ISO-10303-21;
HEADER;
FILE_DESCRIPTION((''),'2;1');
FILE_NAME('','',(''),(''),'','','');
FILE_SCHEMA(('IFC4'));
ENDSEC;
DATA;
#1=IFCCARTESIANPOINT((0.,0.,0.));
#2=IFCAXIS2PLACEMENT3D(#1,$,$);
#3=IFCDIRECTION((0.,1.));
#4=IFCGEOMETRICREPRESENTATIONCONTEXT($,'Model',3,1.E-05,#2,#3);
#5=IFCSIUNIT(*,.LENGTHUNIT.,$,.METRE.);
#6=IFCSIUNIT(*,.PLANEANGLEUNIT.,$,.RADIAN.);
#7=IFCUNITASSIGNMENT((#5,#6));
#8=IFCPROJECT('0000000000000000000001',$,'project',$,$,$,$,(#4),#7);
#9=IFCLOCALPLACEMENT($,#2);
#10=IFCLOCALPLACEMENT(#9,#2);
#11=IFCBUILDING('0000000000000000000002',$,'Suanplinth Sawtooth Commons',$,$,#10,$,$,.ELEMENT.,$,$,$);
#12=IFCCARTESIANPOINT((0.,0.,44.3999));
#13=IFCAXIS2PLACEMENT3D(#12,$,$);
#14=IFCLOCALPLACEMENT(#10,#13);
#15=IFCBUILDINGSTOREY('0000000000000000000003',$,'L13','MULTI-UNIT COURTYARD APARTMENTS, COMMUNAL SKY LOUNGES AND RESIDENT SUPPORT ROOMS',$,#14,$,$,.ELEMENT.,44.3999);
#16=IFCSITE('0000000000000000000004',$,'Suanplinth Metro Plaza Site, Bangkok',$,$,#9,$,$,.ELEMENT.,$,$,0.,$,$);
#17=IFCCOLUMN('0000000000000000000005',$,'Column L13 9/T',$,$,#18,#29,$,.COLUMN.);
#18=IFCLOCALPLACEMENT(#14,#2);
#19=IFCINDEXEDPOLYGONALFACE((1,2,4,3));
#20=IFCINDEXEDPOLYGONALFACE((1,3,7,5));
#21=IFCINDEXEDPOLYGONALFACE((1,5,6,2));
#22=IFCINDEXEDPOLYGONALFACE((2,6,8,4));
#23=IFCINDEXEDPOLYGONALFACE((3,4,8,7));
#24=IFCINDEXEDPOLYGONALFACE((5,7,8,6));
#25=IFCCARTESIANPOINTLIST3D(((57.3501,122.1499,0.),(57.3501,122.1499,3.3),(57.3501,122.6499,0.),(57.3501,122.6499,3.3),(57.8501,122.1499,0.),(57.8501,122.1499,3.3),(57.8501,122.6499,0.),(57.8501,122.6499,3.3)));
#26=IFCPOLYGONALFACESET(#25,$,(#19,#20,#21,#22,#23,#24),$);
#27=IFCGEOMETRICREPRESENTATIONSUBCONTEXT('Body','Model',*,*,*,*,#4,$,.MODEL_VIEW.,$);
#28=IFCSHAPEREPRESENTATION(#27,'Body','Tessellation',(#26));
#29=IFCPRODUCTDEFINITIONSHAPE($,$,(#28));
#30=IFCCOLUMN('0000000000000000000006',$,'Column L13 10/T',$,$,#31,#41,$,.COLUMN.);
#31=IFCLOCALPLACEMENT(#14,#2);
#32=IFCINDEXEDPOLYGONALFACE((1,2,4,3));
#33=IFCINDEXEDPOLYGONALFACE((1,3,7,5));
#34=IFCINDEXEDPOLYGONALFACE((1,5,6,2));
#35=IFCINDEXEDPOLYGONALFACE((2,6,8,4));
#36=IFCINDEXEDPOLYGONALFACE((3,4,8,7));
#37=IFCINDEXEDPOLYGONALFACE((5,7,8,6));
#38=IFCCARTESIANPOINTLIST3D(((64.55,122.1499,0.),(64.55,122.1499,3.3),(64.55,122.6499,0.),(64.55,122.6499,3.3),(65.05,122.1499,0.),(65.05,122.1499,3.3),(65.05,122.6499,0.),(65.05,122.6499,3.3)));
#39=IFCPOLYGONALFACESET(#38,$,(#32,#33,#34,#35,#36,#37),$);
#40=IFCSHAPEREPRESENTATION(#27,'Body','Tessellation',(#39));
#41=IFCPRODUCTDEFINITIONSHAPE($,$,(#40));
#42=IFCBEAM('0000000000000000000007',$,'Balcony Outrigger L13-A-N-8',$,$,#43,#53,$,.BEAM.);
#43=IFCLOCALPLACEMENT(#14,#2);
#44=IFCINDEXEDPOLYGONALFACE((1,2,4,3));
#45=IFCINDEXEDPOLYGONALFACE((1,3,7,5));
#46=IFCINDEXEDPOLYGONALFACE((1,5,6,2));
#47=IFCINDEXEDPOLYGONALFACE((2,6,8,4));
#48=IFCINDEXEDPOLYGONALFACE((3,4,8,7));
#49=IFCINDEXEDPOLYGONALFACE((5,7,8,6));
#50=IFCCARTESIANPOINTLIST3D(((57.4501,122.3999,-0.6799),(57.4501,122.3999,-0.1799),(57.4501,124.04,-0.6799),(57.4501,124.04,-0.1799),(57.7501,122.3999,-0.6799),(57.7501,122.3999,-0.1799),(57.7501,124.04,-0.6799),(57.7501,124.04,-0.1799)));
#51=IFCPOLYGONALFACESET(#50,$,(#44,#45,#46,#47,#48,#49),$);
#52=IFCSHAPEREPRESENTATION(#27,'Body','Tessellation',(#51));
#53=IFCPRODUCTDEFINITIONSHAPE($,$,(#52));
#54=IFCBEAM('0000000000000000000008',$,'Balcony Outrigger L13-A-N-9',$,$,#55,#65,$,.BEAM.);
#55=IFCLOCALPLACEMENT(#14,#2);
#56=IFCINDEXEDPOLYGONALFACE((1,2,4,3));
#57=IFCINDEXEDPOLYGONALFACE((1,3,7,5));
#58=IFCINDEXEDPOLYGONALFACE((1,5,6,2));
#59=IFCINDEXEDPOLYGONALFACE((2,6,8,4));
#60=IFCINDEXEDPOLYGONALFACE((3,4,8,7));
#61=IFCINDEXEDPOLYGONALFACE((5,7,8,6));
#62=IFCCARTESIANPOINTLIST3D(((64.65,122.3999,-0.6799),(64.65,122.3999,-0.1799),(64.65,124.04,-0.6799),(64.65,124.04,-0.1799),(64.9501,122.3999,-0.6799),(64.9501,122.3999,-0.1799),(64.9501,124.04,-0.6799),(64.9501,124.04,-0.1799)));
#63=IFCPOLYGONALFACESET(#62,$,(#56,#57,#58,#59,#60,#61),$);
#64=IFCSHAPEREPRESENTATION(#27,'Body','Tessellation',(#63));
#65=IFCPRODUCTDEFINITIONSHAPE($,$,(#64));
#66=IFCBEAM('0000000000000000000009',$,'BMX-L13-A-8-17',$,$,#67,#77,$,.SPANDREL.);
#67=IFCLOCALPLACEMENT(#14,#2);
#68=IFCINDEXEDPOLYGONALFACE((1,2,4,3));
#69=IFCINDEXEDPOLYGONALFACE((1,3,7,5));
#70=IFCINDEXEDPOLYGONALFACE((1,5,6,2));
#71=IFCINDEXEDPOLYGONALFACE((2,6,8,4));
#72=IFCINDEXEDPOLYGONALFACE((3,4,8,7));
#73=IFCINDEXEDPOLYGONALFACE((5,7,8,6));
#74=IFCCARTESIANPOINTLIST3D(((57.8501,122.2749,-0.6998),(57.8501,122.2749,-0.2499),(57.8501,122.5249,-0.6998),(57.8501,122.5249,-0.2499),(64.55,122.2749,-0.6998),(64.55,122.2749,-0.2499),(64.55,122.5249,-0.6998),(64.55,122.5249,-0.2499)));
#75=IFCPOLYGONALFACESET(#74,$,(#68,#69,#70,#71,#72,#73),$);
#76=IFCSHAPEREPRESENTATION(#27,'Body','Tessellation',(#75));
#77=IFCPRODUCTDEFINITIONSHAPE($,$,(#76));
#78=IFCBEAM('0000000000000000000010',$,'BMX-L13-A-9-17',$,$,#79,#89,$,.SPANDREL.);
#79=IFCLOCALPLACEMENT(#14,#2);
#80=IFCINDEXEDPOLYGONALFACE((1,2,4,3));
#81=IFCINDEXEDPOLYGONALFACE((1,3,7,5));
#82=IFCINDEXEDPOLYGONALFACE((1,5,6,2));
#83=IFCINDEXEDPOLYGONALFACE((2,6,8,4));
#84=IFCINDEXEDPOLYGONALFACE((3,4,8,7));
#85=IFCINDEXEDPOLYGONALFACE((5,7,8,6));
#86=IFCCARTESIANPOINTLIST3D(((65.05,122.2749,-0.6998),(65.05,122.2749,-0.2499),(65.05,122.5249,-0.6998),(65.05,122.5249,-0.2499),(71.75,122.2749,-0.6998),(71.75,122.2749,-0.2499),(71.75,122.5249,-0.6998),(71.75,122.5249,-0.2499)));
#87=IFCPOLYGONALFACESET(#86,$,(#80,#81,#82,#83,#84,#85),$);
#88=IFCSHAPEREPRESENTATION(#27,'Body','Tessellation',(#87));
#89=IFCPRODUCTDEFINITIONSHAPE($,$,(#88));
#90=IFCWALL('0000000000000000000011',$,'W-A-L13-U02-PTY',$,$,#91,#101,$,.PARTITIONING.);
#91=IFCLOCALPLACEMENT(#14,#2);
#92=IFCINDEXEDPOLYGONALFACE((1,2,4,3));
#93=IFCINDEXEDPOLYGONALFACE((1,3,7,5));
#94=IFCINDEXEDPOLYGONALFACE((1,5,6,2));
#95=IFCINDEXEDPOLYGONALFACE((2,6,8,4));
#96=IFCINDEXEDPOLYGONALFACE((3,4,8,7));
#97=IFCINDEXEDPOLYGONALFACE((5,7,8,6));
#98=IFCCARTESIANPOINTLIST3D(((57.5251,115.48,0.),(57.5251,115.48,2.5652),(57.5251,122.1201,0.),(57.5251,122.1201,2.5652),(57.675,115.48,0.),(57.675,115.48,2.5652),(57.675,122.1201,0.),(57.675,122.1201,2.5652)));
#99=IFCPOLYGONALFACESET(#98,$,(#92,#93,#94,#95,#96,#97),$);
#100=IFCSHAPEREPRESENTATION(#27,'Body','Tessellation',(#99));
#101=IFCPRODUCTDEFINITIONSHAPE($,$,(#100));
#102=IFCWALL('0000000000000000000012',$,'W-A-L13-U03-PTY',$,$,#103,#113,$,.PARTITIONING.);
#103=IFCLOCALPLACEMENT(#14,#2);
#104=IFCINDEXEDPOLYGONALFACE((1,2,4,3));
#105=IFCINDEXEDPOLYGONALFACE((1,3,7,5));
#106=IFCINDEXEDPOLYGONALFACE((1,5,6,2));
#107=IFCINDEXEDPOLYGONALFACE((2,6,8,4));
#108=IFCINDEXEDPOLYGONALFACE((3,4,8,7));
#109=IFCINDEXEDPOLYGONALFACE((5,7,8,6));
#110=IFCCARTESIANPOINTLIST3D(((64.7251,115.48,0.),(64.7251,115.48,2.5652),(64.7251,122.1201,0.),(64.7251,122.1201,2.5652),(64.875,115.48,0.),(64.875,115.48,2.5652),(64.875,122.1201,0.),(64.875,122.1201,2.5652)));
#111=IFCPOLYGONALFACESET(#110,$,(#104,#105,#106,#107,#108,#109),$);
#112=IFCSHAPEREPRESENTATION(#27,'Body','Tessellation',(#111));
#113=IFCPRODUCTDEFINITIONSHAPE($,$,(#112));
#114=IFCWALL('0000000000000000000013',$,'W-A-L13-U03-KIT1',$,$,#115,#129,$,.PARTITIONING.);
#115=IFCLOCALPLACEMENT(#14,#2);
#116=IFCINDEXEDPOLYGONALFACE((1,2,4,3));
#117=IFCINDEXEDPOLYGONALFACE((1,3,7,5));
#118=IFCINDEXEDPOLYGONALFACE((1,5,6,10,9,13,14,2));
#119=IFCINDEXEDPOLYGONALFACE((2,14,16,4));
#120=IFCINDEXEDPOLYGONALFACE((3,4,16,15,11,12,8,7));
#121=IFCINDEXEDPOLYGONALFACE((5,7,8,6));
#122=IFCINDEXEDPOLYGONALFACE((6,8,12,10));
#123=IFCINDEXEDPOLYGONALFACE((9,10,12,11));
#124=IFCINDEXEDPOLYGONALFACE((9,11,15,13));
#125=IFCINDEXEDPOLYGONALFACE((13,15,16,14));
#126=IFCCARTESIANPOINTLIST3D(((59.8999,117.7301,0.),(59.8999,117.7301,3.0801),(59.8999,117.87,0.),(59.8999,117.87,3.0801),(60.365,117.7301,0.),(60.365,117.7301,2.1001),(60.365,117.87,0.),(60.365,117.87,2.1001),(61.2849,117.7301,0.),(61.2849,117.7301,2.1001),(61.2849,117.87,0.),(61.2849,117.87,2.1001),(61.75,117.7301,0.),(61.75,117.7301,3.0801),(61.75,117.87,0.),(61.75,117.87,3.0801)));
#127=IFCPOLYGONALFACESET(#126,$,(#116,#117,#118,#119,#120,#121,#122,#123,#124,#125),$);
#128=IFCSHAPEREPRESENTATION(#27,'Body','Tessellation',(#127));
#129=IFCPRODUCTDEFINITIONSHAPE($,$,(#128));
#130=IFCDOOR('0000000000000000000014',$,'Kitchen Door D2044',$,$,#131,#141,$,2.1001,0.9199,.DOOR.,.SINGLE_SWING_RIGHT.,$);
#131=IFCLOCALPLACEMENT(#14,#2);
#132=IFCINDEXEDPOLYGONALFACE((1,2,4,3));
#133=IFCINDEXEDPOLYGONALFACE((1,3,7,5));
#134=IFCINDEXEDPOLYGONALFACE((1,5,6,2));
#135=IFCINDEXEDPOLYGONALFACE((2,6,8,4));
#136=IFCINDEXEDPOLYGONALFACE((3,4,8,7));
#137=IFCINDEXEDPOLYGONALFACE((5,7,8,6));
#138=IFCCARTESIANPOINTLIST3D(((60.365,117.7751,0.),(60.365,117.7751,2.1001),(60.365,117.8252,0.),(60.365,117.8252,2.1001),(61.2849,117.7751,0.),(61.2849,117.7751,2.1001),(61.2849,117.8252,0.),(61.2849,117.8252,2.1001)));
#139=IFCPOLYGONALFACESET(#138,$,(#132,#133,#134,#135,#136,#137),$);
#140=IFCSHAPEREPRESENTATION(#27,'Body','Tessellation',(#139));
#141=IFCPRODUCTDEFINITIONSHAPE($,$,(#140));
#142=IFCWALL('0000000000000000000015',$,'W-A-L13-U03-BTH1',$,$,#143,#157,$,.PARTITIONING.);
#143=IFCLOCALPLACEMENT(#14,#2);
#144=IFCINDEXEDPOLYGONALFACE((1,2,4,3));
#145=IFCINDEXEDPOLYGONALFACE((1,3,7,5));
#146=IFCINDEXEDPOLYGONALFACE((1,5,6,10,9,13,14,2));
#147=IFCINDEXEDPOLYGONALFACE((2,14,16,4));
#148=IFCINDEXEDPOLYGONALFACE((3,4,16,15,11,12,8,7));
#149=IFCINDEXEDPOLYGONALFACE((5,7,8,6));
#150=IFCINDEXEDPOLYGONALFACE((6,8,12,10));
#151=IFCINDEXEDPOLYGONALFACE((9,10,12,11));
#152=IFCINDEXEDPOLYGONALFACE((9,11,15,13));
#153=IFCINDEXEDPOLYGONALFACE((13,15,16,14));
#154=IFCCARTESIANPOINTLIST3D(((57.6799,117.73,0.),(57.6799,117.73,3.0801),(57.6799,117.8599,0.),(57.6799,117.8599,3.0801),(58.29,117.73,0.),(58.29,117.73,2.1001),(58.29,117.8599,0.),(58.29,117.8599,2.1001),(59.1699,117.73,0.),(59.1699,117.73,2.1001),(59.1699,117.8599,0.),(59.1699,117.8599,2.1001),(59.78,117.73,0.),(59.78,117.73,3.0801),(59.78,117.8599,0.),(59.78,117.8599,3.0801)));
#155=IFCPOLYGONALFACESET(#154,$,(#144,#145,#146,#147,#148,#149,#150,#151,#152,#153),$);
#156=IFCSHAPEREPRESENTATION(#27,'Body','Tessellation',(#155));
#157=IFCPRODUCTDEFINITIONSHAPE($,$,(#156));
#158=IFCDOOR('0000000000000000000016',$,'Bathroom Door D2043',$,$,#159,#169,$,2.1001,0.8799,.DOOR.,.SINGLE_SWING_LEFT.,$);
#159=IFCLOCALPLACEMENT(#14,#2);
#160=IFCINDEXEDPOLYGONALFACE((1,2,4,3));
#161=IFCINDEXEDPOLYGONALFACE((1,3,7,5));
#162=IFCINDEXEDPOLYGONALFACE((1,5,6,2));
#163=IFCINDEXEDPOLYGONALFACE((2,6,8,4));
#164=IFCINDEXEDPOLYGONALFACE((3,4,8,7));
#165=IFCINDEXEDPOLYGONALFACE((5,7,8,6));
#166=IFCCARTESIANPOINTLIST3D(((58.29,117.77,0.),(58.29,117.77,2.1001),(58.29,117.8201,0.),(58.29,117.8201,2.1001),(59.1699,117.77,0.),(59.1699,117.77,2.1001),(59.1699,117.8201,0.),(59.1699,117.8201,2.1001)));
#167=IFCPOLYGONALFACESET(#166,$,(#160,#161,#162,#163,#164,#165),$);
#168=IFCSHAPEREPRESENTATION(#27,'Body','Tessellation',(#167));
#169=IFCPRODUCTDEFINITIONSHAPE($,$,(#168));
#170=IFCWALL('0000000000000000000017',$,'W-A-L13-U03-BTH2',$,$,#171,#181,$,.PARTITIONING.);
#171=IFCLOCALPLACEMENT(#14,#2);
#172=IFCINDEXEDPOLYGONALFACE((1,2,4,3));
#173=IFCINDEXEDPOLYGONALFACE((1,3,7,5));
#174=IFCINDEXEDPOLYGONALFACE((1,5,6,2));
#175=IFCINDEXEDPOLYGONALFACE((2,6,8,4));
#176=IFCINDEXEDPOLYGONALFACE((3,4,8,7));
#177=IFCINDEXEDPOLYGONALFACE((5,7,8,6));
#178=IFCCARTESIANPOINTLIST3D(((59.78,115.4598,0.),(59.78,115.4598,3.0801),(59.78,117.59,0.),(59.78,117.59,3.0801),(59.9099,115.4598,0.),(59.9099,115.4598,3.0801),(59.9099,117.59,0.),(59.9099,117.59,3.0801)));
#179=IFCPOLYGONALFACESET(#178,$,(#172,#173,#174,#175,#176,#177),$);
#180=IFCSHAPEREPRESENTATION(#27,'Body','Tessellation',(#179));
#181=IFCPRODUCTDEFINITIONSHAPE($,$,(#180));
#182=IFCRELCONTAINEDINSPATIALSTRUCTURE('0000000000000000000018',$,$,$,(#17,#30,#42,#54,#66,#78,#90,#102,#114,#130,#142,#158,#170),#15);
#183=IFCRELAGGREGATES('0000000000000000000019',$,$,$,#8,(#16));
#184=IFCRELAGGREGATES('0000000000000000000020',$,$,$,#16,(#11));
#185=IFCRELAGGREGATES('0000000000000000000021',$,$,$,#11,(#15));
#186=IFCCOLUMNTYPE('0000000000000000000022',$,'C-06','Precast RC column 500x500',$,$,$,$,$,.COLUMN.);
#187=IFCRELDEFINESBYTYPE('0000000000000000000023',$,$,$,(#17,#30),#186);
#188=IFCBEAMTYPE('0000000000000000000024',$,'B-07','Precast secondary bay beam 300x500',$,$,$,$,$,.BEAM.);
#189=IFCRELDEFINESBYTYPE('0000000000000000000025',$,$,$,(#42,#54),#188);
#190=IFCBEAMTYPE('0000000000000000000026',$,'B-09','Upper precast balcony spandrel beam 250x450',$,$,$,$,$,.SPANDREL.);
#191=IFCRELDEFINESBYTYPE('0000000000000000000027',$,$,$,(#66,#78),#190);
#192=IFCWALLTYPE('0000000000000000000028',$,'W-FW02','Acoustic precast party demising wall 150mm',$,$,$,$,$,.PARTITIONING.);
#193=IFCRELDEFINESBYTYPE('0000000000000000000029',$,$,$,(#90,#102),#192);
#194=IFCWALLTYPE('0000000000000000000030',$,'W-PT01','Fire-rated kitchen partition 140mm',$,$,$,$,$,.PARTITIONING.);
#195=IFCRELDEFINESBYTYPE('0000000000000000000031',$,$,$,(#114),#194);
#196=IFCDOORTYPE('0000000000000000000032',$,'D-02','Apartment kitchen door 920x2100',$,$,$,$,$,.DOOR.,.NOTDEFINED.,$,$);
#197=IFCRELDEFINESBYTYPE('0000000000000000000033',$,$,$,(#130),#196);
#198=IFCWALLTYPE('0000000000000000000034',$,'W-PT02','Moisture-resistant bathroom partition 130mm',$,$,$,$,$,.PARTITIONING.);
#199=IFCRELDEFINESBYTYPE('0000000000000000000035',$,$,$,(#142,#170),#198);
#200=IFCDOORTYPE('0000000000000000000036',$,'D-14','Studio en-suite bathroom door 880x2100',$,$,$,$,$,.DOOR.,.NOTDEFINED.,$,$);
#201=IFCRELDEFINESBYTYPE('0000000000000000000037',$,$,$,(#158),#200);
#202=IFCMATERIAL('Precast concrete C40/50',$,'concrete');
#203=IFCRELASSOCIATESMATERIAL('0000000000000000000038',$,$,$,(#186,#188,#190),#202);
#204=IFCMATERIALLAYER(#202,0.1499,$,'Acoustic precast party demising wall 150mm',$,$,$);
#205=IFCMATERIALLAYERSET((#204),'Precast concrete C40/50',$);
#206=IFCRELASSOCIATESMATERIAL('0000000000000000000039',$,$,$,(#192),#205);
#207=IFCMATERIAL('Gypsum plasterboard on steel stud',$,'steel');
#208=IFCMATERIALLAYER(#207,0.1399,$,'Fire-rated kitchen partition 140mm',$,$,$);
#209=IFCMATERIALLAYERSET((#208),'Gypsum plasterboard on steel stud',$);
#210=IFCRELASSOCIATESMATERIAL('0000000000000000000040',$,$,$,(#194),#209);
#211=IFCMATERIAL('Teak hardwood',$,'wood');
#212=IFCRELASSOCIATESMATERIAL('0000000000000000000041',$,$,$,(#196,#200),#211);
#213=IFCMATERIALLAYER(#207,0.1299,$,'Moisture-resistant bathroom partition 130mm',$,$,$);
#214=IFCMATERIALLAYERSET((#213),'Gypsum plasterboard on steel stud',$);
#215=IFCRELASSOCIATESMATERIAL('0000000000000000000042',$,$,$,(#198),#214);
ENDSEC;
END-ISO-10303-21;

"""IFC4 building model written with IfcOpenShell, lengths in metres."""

from ifc_helpers import new_model, si_unit, direction, frame, frame_2d, origin, origin_2d, place, context, subcontext, project, spatial, rectangle, extrude, material, layer, layer_set, material_profile, profile_set, type_object, element, fill, save


model = new_model("IFC4")

# Units and contexts
model_context = context("Model", 3, precision=1e-05, world=origin(), true_north=direction((0.0, 1.0)))
body_context = subcontext(model_context, "Body", "Model", "MODEL_VIEW")
ifc_project = project(units=[si_unit("LENGTHUNIT", "METRE"), si_unit("PLANEANGLEUNIT", "RADIAN")], contexts=[model_context])

# Site, building, storey
site_placement = place(None, origin())
site = spatial("IfcSite", under=ifc_project, at=site_placement, Name="Suanplinth Metro Plaza Site, Bangkok", CompositionType="ELEMENT", RefElevation=0.0)
building_placement = place(site_placement, origin())
building = spatial("IfcBuilding", under=site, at=building_placement, Name="Suanplinth Sawtooth Commons", CompositionType="ELEMENT")
storey_placement = place(building_placement, frame((0.0, 0.0, 44.3999)))
storey = spatial("IfcBuildingStorey", under=building, at=storey_placement, Name="L13", Description="MULTI-UNIT COURTYARD APARTMENTS, COMMUNAL SKY LOUNGES AND RESIDENT SUPPORT ROOMS", CompositionType="ELEMENT", Elevation=44.3999)

# Columns
ifc_material_1 = material(Name="Precast concrete C40/50", Category="concrete")
ifc_material_profile_1 = material_profile(ifc_material_1, rectangle(XDim=0.5, YDim=0.5, at=origin_2d()), Name="PC-COL 500x500")
ifc_profile_set_1 = profile_set([ifc_material_profile_1], Name="Precast concrete C40/50")
column_type = type_object("IfcColumnType", Name="C-06", Description="Precast RC column 500x500", PredefinedType="COLUMN", material=ifc_profile_set_1)
for number, where, z_axis, x_axis, name in (
    (1, (57.6001, 122.3999, 0.0), (0.0, 0.0, 1.0), (1.0, 0.0, 0.0), "Column L13 9/T"),
    (2, (64.8, 122.3999, 0.0), (0.0, 0.0, 1.0), (1.0, 0.0, 0.0), "Column L13 10/T"),
):
    element("IfcColumn", number, at=place(storey_placement, frame(where, z_axis=z_axis, x_axis=x_axis)), inside=storey, type_object=column_type, Name=name, PredefinedType="COLUMN", context=body_context, shape_type="SweptSolid", body=[
        extrude(rectangle(XDim=0.5, YDim=0.5, at=origin_2d()), origin(), (0.0, 0.0, 1.0), 3.3),
    ])

# Beams
ifc_material_profile_2 = material_profile(ifc_material_1, rectangle(XDim=0.3, YDim=0.5, at=origin_2d()), Name="PC-BM 300x500")
ifc_profile_set_2 = profile_set([ifc_material_profile_2], Name="Precast concrete C40/50")
beam_type_1 = type_object("IfcBeamType", Name="B-07", Description="Precast secondary bay beam 300x500", PredefinedType="BEAM", material=ifc_profile_set_2)
for number, where, z_axis, x_axis, name in (
    (3, (57.6001, 122.3999, -0.4299), (0.0, 1.0, 0.0), (-1.0, 0.0, 0.0), "Balcony Outrigger L13-A-N-8"),
    (4, (64.8, 122.3999, -0.4299), (0.0, 1.0, 0.0), (-1.0, 0.0, 0.0), "Balcony Outrigger L13-A-N-9"),
):
    element("IfcBeam", number, at=place(storey_placement, frame(where, z_axis=z_axis, x_axis=x_axis)), inside=storey, type_object=beam_type_1, Name=name, PredefinedType="BEAM", context=body_context, shape_type="SweptSolid", body=[
        extrude(rectangle(XDim=0.3, YDim=0.5, at=origin_2d()), origin(), (0.0, 0.0, 1.0), 1.6401),
    ])
ifc_material_profile_3 = material_profile(ifc_material_1, rectangle(XDim=0.25, YDim=0.45, at=origin_2d()), Name="PC-SP 250x450")
ifc_profile_set_3 = profile_set([ifc_material_profile_3], Name="Precast concrete C40/50")
beam_type_2 = type_object("IfcBeamType", Name="B-09", Description="Upper precast balcony spandrel beam 250x450", PredefinedType="SPANDREL", material=ifc_profile_set_3)
for number, where, z_axis, x_axis, name in (
    (5, (57.8501, 122.3999, -0.4749), (1.0, 0.0, 0.0), (0.0, 1.0, 0.0), "BMX-L13-A-8-17"),
    (6, (65.05, 122.3999, -0.4749), (1.0, 0.0, 0.0), (0.0, 1.0, 0.0), "BMX-L13-A-9-17"),
):
    element("IfcBeam", number, at=place(storey_placement, frame(where, z_axis=z_axis, x_axis=x_axis)), inside=storey, type_object=beam_type_2, Name=name, PredefinedType="SPANDREL", context=body_context, shape_type="SweptSolid", body=[
        extrude(rectangle(XDim=0.25, YDim=0.45, at=origin_2d()), origin(), (0.0, 0.0, 1.0), 6.7),
    ])

# Walls
ifc_layer_1 = layer(ifc_material_1, 0.1499, Name="Acoustic precast party demising wall 150mm")
ifc_layer_set_1 = layer_set([ifc_layer_1], Name="Precast concrete C40/50")
wall_type_1 = type_object("IfcWallType", Name="W-FW02", Description="Acoustic precast party demising wall 150mm", PredefinedType="PARTITIONING", material=ifc_layer_set_1)
for number, where, z_axis, x_axis, name in (
    (7, (57.6001, 115.48, 0.0), (0.0, 0.0, 1.0), (0.0, 1.0, 0.0), "W-A-L13-U02-PTY"),
    (8, (64.8, 115.48, 0.0), (0.0, 0.0, 1.0), (0.0, 1.0, 0.0), "W-A-L13-U03-PTY"),
):
    element("IfcWall", number, at=place(storey_placement, frame(where, z_axis=z_axis, x_axis=x_axis)), inside=storey, type_object=wall_type_1, Name=name, PredefinedType="PARTITIONING", context=body_context, shape_type="SweptSolid", body=[
        extrude(rectangle(XDim=6.6401, YDim=0.1499, at=frame_2d((3.3201, 0.0))), origin(), (0.0, 0.0, 1.0), 2.5652),
    ])

# Walls, openings, doors
ifc_material_2 = material(Name="Gypsum plasterboard on steel stud", Category="steel")
ifc_layer_2 = layer(ifc_material_2, 0.1399, Name="Fire-rated kitchen partition 140mm")
ifc_layer_set_2 = layer_set([ifc_layer_2], Name="Gypsum plasterboard on steel stud")
wall_type_2 = type_object("IfcWallType", Name="W-PT01", Description="Fire-rated kitchen partition 140mm", PredefinedType="PARTITIONING", material=ifc_layer_set_2)
wall_1_placement = place(storey_placement, frame((59.8999, 117.8, 0.0), z_axis=(0.0, 0.0, 1.0), x_axis=(1.0, 0.0, 0.0)))
wall_1 = element("IfcWall", 9, at=wall_1_placement, inside=storey, type_object=wall_type_2, Name="W-A-L13-U03-KIT1", PredefinedType="PARTITIONING", context=body_context, shape_type="SweptSolid", body=[
    extrude(rectangle(XDim=1.8501, YDim=0.1399, at=frame_2d((0.925, 0.0))), origin(), (0.0, 0.0, 1.0), 3.0801),
])
opening_1_placement = place(wall_1_placement, frame((0.4651, 0.0, 0.0)))
opening_1 = element("IfcOpeningElement", 10, at=opening_1_placement, cuts=wall_1, PredefinedType="OPENING", context=body_context, shape_type="SweptSolid", body=[
    extrude(rectangle(XDim=0.9199, YDim=2.1001, at=frame_2d((0.46, 1.05))), frame((0.0, 0.085, 0.0), z_axis=(0.0, -1.0, 0.0), x_axis=(1.0, 0.0, 0.0)), (0.0, 0.0, 1.0), 0.1697),
])
ifc_material_3 = material(Name="Teak hardwood", Category="wood")
door_type_1 = type_object("IfcDoorType", Name="D-02", Description="Apartment kitchen door 920x2100", OperationType="NOTDEFINED", PredefinedType="DOOR", material=ifc_material_3)
door_1_placement = place(opening_1_placement, frame((0.9199, 0.0, 0.0), z_axis=(0.0, 0.0, 1.0), x_axis=(-1.0, 0.0, 0.0)))
door_1 = element("IfcDoor", 11, at=door_1_placement, inside=storey, type_object=door_type_1, Name="Kitchen Door D2044", OperationType="SINGLE_SWING_RIGHT", OverallHeight=2.1001, OverallWidth=0.9199, PredefinedType="DOOR", context=body_context, shape_type="SweptSolid", body=[
    extrude(rectangle(XDim=0.9199, YDim=2.1001, at=frame_2d((0.46, 1.05))), frame((0.0, 0.0249, 0.0), z_axis=(0.0, -1.0, 0.0), x_axis=(1.0, 0.0, 0.0)), (0.0, 0.0, 1.0), 0.05),
])
fill(opening_1, door_1)
ifc_layer_3 = layer(ifc_material_2, 0.1299, Name="Moisture-resistant bathroom partition 130mm")
ifc_layer_set_3 = layer_set([ifc_layer_3], Name="Gypsum plasterboard on steel stud")
wall_type_3 = type_object("IfcWallType", Name="W-PT02", Description="Moisture-resistant bathroom partition 130mm", PredefinedType="PARTITIONING", material=ifc_layer_set_3)
wall_2_placement = place(storey_placement, frame((57.6799, 117.7949, 0.0), z_axis=(0.0, 0.0, 1.0), x_axis=(1.0, 0.0, 0.0)))
wall_2 = element("IfcWall", 12, at=wall_2_placement, inside=storey, type_object=wall_type_3, Name="W-A-L13-U03-BTH1", PredefinedType="PARTITIONING", context=body_context, shape_type="SweptSolid", body=[
    extrude(rectangle(XDim=2.1001, YDim=0.1299, at=frame_2d((1.05, 0.0))), origin(), (0.0, 0.0, 1.0), 3.0801),
])
opening_2_placement = place(wall_2_placement, frame((0.6101, 0.0, 0.0)))
opening_2 = element("IfcOpeningElement", 13, at=opening_2_placement, cuts=wall_2, PredefinedType="OPENING", context=body_context, shape_type="SweptSolid", body=[
    extrude(rectangle(XDim=0.8799, YDim=2.1001, at=frame_2d((0.4399, 1.05))), frame((0.0, 0.0798, 0.0), z_axis=(0.0, -1.0, 0.0), x_axis=(1.0, 0.0, 0.0)), (0.0, 0.0, 1.0), 0.1597),
])
door_type_2 = type_object("IfcDoorType", Name="D-14", Description="Studio en-suite bathroom door 880x2100", OperationType="NOTDEFINED", PredefinedType="DOOR", material=ifc_material_3)
door_2_placement = place(opening_2_placement, frame((0.8799, 0.0, 0.0), z_axis=(0.0, 0.0, 1.0), x_axis=(-1.0, 0.0, 0.0)))
door_2 = element("IfcDoor", 14, at=door_2_placement, inside=storey, type_object=door_type_2, Name="Bathroom Door D2043", OperationType="SINGLE_SWING_LEFT", OverallHeight=2.1001, OverallWidth=0.8799, PredefinedType="DOOR", context=body_context, shape_type="SweptSolid", body=[
    extrude(rectangle(XDim=0.8799, YDim=2.1001, at=frame_2d((0.4399, 1.05))), frame((0.0, 0.0249, 0.0), z_axis=(0.0, -1.0, 0.0), x_axis=(1.0, 0.0, 0.0)), (0.0, 0.0, 1.0), 0.05),
])
fill(opening_2, door_2)

# Wall
wall_3_placement = place(storey_placement, frame((59.845, 115.46, 0.0), z_axis=(0.0, 0.0, 1.0), x_axis=(0.0, 1.0, 0.0)))
element("IfcWall", 15, at=wall_3_placement, inside=storey, type_object=wall_type_3, Name="W-A-L13-U03-BTH2", PredefinedType="PARTITIONING", context=body_context, shape_type="SweptSolid", body=[
    extrude(rectangle(XDim=2.1301, YDim=0.1299, at=frame_2d((1.0649, 0.0))), origin(), (0.0, 0.0, 1.0), 3.0801),
])

save(model, "model.ifc")
